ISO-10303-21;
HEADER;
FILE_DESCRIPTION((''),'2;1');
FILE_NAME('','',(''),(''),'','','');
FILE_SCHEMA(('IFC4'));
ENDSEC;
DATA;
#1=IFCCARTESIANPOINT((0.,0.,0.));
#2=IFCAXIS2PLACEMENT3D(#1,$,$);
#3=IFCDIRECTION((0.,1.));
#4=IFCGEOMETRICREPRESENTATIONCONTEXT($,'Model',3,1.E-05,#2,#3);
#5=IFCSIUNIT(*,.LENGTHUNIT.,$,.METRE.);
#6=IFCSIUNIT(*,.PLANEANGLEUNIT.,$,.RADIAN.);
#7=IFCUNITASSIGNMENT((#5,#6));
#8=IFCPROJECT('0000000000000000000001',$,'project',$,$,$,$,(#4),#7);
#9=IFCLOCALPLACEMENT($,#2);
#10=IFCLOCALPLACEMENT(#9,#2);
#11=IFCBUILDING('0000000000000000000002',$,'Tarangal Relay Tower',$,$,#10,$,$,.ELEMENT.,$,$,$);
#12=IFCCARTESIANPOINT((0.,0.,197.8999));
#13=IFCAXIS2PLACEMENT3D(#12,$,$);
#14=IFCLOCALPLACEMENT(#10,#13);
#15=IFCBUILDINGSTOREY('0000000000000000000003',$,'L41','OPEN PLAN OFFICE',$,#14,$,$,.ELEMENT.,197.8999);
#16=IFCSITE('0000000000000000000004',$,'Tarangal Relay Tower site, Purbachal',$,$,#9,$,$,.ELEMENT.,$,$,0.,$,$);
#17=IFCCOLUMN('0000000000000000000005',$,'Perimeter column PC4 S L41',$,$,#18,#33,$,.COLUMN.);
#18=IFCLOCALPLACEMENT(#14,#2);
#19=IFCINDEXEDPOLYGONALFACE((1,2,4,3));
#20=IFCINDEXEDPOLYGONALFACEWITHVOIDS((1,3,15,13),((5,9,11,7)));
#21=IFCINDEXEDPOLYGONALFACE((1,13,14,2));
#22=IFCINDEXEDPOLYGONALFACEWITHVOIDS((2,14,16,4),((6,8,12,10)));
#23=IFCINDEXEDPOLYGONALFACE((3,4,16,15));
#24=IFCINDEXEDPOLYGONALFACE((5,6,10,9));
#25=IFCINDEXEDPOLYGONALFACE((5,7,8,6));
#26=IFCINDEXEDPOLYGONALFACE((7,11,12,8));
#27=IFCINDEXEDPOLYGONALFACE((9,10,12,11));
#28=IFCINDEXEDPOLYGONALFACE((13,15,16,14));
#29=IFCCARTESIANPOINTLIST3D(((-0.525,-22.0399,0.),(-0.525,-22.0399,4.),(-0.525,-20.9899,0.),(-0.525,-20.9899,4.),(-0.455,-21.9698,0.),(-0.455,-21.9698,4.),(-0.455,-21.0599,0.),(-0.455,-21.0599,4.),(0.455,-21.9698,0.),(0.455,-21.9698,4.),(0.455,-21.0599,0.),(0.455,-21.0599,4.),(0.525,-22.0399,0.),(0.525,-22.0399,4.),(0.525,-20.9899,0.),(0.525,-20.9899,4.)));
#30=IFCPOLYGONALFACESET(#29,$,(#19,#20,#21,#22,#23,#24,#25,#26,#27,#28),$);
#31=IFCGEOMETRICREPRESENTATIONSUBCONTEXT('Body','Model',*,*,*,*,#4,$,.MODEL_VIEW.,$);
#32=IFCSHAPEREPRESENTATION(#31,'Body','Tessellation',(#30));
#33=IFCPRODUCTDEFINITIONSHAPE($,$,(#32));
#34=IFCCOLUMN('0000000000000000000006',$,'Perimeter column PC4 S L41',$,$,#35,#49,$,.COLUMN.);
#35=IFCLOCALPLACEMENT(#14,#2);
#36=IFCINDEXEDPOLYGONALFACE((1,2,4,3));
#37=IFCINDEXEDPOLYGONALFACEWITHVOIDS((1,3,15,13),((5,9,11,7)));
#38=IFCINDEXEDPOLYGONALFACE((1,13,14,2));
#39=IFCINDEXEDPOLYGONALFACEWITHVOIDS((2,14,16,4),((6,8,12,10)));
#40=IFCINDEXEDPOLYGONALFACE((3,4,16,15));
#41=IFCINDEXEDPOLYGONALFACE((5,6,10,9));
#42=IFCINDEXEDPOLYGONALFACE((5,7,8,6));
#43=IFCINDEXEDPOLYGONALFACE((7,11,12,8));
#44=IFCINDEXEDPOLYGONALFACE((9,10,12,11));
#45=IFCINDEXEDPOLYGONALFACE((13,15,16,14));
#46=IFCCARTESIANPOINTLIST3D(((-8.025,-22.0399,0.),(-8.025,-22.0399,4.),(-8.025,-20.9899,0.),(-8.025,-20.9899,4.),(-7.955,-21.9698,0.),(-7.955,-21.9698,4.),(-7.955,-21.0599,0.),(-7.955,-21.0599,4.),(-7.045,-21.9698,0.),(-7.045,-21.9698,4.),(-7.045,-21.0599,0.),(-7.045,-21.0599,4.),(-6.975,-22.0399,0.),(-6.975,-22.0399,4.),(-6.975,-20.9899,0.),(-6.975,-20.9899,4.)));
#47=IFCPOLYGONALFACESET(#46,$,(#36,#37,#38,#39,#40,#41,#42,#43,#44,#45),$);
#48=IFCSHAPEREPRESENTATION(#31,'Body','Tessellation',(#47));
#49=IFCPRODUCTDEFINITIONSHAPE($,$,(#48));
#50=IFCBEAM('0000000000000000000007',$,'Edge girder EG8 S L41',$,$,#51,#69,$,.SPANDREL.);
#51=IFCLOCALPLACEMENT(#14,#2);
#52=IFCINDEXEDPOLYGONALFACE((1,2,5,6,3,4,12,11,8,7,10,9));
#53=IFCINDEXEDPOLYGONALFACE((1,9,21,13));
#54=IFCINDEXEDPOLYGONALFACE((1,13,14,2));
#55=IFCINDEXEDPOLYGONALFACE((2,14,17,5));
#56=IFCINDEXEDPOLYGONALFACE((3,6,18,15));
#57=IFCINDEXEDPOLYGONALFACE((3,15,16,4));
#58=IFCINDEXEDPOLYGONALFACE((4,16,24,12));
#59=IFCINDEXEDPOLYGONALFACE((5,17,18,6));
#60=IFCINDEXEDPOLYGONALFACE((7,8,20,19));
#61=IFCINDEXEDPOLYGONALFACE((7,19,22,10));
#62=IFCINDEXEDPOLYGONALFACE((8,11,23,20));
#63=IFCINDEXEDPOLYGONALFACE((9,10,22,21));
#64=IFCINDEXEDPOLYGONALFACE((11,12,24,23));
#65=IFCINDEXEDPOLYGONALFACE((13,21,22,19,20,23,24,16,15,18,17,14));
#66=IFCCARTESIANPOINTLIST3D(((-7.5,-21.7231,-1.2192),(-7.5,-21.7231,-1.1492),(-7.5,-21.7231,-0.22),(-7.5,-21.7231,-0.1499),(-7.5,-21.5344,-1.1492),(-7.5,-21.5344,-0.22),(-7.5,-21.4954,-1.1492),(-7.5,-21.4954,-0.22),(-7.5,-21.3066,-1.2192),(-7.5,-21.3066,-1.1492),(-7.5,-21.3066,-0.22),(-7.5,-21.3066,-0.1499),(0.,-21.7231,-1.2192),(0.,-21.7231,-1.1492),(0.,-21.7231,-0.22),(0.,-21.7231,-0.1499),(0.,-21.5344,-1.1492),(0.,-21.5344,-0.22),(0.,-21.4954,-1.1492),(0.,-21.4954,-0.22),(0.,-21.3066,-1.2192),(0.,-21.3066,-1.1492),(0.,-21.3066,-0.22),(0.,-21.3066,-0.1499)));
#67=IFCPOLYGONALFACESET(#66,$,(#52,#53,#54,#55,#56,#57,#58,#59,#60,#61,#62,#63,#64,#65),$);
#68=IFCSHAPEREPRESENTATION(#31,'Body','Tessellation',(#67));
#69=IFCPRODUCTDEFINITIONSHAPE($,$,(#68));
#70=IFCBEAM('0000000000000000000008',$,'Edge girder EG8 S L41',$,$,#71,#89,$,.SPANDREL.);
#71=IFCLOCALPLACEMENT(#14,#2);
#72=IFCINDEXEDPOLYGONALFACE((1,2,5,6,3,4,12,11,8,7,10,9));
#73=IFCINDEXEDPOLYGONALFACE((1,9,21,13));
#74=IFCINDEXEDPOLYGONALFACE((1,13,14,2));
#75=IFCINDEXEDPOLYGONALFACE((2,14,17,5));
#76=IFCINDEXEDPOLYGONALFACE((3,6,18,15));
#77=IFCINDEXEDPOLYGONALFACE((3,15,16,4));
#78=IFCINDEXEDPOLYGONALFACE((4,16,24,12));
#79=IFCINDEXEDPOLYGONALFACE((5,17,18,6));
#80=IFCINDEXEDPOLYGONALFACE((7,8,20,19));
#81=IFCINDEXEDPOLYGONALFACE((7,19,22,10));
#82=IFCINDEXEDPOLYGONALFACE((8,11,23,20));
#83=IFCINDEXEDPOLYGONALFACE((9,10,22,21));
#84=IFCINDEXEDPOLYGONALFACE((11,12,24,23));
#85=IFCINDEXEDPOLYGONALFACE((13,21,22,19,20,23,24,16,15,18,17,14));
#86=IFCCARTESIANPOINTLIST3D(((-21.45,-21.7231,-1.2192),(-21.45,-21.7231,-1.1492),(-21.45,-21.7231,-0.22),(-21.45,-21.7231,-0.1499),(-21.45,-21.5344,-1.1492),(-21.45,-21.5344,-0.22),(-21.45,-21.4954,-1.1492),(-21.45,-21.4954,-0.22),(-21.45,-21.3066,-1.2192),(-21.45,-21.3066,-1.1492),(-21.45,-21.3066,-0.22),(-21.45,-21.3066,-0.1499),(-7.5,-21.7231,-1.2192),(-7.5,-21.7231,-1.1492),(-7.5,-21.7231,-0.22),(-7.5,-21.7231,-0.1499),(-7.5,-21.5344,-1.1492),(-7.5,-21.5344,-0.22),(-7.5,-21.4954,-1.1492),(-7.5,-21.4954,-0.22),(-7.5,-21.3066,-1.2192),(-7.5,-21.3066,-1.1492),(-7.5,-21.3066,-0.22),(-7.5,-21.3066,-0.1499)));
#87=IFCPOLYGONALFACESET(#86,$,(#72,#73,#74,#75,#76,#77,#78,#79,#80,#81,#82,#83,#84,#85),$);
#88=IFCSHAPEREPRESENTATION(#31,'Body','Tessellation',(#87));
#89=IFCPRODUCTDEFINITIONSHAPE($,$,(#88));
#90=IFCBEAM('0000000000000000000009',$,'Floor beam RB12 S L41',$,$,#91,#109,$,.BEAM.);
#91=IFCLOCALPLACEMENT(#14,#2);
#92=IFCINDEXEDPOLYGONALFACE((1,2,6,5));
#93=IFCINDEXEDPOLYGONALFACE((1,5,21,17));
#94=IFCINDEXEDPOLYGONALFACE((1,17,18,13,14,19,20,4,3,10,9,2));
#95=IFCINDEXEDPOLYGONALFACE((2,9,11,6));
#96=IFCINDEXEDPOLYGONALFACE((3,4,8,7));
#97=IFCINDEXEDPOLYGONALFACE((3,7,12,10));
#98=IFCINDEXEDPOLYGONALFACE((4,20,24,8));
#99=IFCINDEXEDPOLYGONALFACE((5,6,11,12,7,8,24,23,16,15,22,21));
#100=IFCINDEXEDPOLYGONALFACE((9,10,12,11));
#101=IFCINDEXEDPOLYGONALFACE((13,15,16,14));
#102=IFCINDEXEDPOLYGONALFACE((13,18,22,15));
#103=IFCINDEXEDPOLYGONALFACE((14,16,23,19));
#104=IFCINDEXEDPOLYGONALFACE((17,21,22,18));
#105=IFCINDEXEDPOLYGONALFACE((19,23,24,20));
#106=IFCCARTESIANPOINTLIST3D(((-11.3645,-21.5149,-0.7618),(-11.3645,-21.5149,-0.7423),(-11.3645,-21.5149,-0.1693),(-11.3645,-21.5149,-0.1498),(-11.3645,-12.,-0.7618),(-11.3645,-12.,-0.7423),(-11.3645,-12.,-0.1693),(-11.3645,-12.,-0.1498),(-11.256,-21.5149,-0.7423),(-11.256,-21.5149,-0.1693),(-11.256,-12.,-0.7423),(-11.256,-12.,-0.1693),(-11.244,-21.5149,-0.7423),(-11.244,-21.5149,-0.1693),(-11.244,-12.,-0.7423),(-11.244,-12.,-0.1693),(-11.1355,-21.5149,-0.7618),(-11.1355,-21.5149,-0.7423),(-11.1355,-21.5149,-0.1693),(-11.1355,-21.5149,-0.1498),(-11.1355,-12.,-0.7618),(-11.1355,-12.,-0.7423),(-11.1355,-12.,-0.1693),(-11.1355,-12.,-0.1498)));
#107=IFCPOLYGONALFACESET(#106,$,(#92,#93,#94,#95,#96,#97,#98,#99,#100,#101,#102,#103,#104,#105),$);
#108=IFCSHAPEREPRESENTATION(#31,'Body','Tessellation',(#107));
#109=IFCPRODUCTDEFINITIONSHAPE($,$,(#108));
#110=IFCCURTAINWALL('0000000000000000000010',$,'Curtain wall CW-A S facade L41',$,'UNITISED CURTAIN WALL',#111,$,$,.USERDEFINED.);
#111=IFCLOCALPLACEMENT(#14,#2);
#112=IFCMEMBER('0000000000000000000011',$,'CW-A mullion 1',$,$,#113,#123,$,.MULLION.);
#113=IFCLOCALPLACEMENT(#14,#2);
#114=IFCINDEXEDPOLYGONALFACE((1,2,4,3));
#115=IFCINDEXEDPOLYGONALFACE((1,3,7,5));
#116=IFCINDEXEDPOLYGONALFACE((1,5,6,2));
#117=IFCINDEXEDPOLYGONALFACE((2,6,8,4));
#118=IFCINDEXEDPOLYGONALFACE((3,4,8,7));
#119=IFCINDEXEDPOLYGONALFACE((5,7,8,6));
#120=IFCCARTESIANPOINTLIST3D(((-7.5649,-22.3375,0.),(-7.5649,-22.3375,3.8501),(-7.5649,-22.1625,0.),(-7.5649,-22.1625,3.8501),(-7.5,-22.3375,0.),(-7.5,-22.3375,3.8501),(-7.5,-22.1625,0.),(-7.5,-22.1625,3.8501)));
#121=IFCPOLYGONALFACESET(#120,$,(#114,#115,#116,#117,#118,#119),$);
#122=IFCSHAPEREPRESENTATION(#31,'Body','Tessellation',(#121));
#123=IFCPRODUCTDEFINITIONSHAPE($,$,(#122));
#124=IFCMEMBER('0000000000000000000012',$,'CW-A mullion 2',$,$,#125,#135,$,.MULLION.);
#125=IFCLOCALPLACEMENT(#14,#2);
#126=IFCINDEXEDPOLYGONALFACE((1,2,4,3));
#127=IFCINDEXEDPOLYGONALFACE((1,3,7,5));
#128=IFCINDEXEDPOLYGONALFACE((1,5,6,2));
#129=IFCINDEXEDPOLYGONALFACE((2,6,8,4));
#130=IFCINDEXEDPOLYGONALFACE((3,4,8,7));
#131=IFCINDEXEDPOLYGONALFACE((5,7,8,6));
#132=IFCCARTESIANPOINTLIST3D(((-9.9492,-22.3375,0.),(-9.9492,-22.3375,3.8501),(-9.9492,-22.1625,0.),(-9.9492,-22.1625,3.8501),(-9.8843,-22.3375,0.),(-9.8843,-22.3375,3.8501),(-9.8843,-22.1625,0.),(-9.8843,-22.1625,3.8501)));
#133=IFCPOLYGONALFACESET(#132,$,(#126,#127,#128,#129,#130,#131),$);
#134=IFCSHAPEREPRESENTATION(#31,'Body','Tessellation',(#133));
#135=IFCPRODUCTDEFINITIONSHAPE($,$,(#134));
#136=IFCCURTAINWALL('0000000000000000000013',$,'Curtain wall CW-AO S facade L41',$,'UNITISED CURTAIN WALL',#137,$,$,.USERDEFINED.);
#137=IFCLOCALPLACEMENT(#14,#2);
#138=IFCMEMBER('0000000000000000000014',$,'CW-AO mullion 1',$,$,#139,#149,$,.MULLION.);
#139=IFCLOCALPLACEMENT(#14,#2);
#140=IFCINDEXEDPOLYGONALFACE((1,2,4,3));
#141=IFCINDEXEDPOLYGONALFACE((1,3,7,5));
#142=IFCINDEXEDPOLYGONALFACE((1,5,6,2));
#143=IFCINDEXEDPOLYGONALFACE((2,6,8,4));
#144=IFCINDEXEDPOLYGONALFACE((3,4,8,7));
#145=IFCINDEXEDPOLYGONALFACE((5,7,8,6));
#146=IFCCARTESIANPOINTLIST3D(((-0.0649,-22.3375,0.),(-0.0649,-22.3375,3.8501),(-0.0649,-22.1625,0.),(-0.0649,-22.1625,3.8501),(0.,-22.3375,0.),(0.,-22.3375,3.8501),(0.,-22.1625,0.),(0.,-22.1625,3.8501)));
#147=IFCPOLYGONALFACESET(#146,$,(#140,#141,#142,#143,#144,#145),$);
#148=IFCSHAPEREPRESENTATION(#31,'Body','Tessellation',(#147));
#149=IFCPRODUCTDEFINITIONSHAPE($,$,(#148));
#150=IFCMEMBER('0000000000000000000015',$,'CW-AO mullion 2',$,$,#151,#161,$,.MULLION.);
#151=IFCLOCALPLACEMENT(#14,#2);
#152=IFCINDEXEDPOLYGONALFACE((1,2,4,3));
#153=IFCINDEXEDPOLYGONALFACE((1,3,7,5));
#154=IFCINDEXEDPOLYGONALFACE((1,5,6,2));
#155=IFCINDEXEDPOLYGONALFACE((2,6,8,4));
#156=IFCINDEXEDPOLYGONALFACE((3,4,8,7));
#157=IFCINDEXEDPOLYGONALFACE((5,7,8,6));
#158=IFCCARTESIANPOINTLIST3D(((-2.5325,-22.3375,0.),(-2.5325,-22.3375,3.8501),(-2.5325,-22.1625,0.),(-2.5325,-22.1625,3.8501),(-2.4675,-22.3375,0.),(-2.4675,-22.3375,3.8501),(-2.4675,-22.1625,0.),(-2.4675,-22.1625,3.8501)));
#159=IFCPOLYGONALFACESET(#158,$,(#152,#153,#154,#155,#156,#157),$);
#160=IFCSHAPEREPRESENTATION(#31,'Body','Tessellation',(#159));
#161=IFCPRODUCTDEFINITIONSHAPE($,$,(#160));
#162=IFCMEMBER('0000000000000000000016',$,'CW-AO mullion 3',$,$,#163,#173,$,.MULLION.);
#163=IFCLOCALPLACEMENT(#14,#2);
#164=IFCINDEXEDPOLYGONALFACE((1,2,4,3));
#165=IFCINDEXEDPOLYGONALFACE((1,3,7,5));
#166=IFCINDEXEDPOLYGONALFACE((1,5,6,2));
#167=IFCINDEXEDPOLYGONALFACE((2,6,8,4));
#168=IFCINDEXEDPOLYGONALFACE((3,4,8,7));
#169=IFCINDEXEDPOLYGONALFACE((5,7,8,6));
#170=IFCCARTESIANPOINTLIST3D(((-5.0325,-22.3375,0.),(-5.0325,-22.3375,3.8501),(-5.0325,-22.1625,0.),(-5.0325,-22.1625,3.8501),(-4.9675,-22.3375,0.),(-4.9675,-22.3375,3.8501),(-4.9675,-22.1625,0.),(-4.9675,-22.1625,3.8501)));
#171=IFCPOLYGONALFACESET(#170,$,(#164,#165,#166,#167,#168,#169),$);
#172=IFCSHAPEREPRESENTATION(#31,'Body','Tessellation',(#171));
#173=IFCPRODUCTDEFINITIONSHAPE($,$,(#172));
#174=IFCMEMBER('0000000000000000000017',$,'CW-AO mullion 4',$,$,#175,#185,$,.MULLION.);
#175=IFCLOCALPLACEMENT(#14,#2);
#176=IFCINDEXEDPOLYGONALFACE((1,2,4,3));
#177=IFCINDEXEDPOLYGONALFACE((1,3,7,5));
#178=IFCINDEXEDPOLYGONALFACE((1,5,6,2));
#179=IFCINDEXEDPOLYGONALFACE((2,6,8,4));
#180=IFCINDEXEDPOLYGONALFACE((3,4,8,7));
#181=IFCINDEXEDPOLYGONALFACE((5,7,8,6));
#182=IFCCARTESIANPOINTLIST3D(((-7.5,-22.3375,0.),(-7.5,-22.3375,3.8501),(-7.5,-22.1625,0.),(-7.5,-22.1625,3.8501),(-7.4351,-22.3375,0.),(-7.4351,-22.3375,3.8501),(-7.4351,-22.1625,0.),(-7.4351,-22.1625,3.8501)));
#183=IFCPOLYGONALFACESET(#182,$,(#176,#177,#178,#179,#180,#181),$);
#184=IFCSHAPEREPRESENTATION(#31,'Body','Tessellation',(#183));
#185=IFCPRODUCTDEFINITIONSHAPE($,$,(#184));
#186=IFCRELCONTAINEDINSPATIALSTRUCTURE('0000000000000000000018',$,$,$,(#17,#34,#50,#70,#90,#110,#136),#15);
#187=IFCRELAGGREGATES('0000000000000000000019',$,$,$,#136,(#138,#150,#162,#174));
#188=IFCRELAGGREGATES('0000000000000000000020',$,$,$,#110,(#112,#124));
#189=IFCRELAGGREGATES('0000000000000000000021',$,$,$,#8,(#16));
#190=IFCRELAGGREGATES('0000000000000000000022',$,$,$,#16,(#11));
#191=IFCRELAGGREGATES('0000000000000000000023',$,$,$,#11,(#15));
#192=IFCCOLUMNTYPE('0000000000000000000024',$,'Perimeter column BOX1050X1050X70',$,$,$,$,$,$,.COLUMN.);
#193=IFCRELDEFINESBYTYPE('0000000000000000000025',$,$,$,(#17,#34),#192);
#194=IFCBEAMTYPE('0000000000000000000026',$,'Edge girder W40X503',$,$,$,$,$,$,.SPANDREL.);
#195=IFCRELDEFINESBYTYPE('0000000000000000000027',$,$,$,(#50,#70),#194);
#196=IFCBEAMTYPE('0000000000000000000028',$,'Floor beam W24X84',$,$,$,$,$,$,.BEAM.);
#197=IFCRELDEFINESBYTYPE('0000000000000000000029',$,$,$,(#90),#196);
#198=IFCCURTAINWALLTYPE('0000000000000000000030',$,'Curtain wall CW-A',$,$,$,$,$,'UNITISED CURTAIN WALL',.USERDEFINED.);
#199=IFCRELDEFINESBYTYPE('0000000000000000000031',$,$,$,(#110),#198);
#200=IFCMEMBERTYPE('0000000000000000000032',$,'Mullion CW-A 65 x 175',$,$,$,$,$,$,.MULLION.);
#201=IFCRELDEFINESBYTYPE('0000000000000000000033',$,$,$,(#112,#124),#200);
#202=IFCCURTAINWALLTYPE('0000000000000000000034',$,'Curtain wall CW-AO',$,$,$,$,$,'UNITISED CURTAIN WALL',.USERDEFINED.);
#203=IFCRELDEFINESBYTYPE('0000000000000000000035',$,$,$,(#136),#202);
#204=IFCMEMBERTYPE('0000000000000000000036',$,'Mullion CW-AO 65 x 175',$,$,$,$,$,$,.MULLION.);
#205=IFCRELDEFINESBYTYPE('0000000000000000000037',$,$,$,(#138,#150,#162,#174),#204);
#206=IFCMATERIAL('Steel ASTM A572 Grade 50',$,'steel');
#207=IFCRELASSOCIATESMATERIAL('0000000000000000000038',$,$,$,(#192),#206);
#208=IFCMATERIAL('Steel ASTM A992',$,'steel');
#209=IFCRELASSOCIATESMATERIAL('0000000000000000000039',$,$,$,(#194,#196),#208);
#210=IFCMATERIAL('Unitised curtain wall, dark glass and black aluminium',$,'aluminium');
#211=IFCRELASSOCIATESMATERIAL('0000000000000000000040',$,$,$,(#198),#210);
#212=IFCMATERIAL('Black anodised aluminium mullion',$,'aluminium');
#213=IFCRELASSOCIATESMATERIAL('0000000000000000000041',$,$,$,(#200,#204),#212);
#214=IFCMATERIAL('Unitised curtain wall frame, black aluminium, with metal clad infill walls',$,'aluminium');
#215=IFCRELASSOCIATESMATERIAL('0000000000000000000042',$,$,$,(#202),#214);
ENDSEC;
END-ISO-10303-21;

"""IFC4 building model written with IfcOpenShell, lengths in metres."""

from ifc_helpers import new_model, si_unit, direction, frame, origin, origin_2d, place, context, subcontext, project, spatial, rectangle, hollow_rectangle, i_section, extrude, material, material_profile, profile_set, type_object, element, aggregate, save


model = new_model("IFC4")

# Units and contexts
model_context = context("Model", 3, precision=1e-05, world=origin(), true_north=direction((0.0, 1.0)))
body_context = subcontext(model_context, "Body", "Model", "MODEL_VIEW")
ifc_project = project(units=[si_unit("LENGTHUNIT", "METRE"), si_unit("PLANEANGLEUNIT", "RADIAN")], contexts=[model_context])

# Site, building, storey
site_placement = place(None, origin())
site = spatial("IfcSite", under=ifc_project, at=site_placement, Name="Tarangal Relay Tower site, Purbachal", CompositionType="ELEMENT", RefElevation=0.0)
building_placement = place(site_placement, origin())
building = spatial("IfcBuilding", under=site, at=building_placement, Name="Tarangal Relay Tower", CompositionType="ELEMENT")
storey_placement = place(building_placement, frame((0.0, 0.0, 197.8999)))
storey = spatial("IfcBuildingStorey", under=building, at=storey_placement, Name="L41", Description="OPEN PLAN OFFICE", CompositionType="ELEMENT", Elevation=197.8999)

# Columns
ifc_material_1 = material(Name="Steel ASTM A572 Grade 50", Category="steel")
ifc_material_profile_1 = material_profile(ifc_material_1, hollow_rectangle(XDim=1.05, YDim=1.05, WallThickness=0.0701, at=origin_2d()), Name="BOX1050X1050X70")
ifc_profile_set_1 = profile_set([ifc_material_profile_1], Name="Steel ASTM A572 Grade 50")
column_type = type_object("IfcColumnType", Name="Perimeter column BOX1050X1050X70", PredefinedType="COLUMN", material=ifc_profile_set_1)
for number, where, z_axis, x_axis, name in (
    (1, (0.0, -21.5149, 0.0), (0.0, 0.0, 1.0), (1.0, 0.0, 0.0), "Perimeter column PC4 S L41"),
    (2, (-7.5, -21.5149, 0.0), (0.0, 0.0, 1.0), (1.0, 0.0, 0.0), "Perimeter column PC4 S L41"),
):
    element("IfcColumn", number, at=place(storey_placement, frame(where, z_axis=z_axis, x_axis=x_axis)), inside=storey, type_object=column_type, Name=name, PredefinedType="COLUMN", context=body_context, shape_type="SweptSolid", body=[
        extrude(hollow_rectangle(XDim=1.05, YDim=1.05, WallThickness=0.0701, at=origin_2d()), origin(), (0.0, 0.0, 1.0), 4.0),
    ])

# Beams
ifc_material_2 = material(Name="Steel ASTM A992", Category="steel")
ifc_material_profile_2 = material_profile(ifc_material_2, i_section(OverallWidth=0.4165, OverallDepth=1.0693, WebThickness=0.0391, FlangeThickness=0.0701, at=origin_2d()), Name="W40X503")
ifc_profile_set_2 = profile_set([ifc_material_profile_2], Name="Steel ASTM A992")
beam_type_1 = type_object("IfcBeamType", Name="Edge girder W40X503", PredefinedType="SPANDREL", material=ifc_profile_set_2)
beam_1_placement = place(storey_placement, frame((0.0, -21.5149, -0.6846), z_axis=(-1.0, 0.0, 0.0), x_axis=(0.0, -1.0, 0.0)))
element("IfcBeam", 3, at=beam_1_placement, inside=storey, type_object=beam_type_1, Name="Edge girder EG8 S L41", PredefinedType="SPANDREL", context=body_context, shape_type="SweptSolid", body=[
    extrude(i_section(OverallWidth=0.4165, OverallDepth=1.0693, WebThickness=0.0391, FlangeThickness=0.0701, at=origin_2d()), origin(), (0.0, 0.0, 1.0), 7.5),
])
beam_2_placement = place(storey_placement, frame((-7.5, -21.5149, -0.6846), z_axis=(-1.0, 0.0, 0.0), x_axis=(0.0, -1.0, 0.0)))
element("IfcBeam", 4, at=beam_2_placement, inside=storey, type_object=beam_type_1, Name="Edge girder EG8 S L41", PredefinedType="SPANDREL", context=body_context, shape_type="SweptSolid", body=[
    extrude(i_section(OverallWidth=0.4165, OverallDepth=1.0693, WebThickness=0.0391, FlangeThickness=0.0701, at=origin_2d()), origin(), (0.0, 0.0, 1.0), 13.95),
])
ifc_material_profile_3 = material_profile(ifc_material_2, i_section(OverallWidth=0.229, OverallDepth=0.6121, WebThickness=0.012, FlangeThickness=0.0195, at=origin_2d()), Name="W24X84")
ifc_profile_set_3 = profile_set([ifc_material_profile_3], Name="Steel ASTM A992")
beam_type_2 = type_object("IfcBeamType", Name="Floor beam W24X84", PredefinedType="BEAM", material=ifc_profile_set_3)
beam_3_placement = place(storey_placement, frame((-11.25, -12.0, -0.4558), z_axis=(0.0, -1.0, 0.0), x_axis=(1.0, 0.0, 0.0)))
element("IfcBeam", 5, at=beam_3_placement, inside=storey, type_object=beam_type_2, Name="Floor beam RB12 S L41", PredefinedType="BEAM", context=body_context, shape_type="SweptSolid", body=[
    extrude(i_section(OverallWidth=0.229, OverallDepth=0.6121, WebThickness=0.012, FlangeThickness=0.0195, at=origin_2d()), origin(), (0.0, 0.0, 1.0), 9.5149),
])

# Curtain walls, members
ifc_material_3 = material(Name="Unitised curtain wall, dark glass and black aluminium", Category="aluminium")
curtain_wall_type_1 = type_object("IfcCurtainWallType", Name="Curtain wall CW-A", ElementType="UNITISED CURTAIN WALL", PredefinedType="USERDEFINED", material=ifc_material_3)
curtain_wall_1_placement = place(storey_placement, origin())
curtain_wall_1 = element("IfcCurtainWall", 6, at=curtain_wall_1_placement, inside=storey, type_object=curtain_wall_type_1, Name="Curtain wall CW-A S facade L41", ObjectType="UNITISED CURTAIN WALL", PredefinedType="USERDEFINED")
ifc_material_4 = material(Name="Black anodised aluminium mullion", Category="aluminium")
ifc_material_profile_4 = material_profile(ifc_material_4, rectangle(XDim=0.175, YDim=0.0649, at=origin_2d()), Name="CW-AM 65X175")
ifc_profile_set_4 = profile_set([ifc_material_profile_4], Name="Black anodised aluminium mullion")
member_type_1 = type_object("IfcMemberType", Name="Mullion CW-A 65 x 175", PredefinedType="MULLION", material=ifc_profile_set_4)
member_1_placement = place(storey_placement, frame((-7.5325, -22.25, 0.0), z_axis=(0.0, 0.0, 1.0), x_axis=(0.0, -1.0, 0.0)))
member_1 = element("IfcMember", 7, at=member_1_placement, type_object=member_type_1, Name="CW-A mullion 1", PredefinedType="MULLION", context=body_context, shape_type="SweptSolid", body=[
    extrude(rectangle(XDim=0.175, YDim=0.0649, at=origin_2d()), origin(), (0.0, 0.0, 1.0), 3.8501),
])
member_2_placement = place(storey_placement, frame((-9.9167, -22.25, 0.0), z_axis=(0.0, 0.0, 1.0), x_axis=(0.0, -1.0, 0.0)))
member_2 = element("IfcMember", 8, at=member_2_placement, type_object=member_type_1, Name="CW-A mullion 2", PredefinedType="MULLION", context=body_context, shape_type="SweptSolid", body=[
    extrude(rectangle(XDim=0.175, YDim=0.0649, at=origin_2d()), origin(), (0.0, 0.0, 1.0), 3.8501),
])
ifc_material_5 = material(Name="Unitised curtain wall frame, black aluminium, with metal clad infill walls", Category="aluminium")
curtain_wall_type_2 = type_object("IfcCurtainWallType", Name="Curtain wall CW-AO", ElementType="UNITISED CURTAIN WALL", PredefinedType="USERDEFINED", material=ifc_material_5)
curtain_wall_2_placement = place(storey_placement, origin())
curtain_wall_2 = element("IfcCurtainWall", 9, at=curtain_wall_2_placement, inside=storey, type_object=curtain_wall_type_2, Name="Curtain wall CW-AO S facade L41", ObjectType="UNITISED CURTAIN WALL", PredefinedType="USERDEFINED")
ifc_material_profile_5 = material_profile(ifc_material_4, rectangle(XDim=0.175, YDim=0.0649, at=origin_2d()), Name="CW-AOM 65X175")
ifc_profile_set_5 = profile_set([ifc_material_profile_5], Name="Black anodised aluminium mullion")
member_type_2 = type_object("IfcMemberType", Name="Mullion CW-AO 65 x 175", PredefinedType="MULLION", material=ifc_profile_set_5)
member_3_placement = place(storey_placement, frame((-0.0325, -22.25, 0.0), z_axis=(0.0, 0.0, 1.0), x_axis=(0.0, -1.0, 0.0)))
member_3 = element("IfcMember", 10, at=member_3_placement, type_object=member_type_2, Name="CW-AO mullion 1", PredefinedType="MULLION", context=body_context, shape_type="SweptSolid", body=[
    extrude(rectangle(XDim=0.175, YDim=0.0649, at=origin_2d()), origin(), (0.0, 0.0, 1.0), 3.8501),
])
member_4_placement = place(storey_placement, frame((-2.5, -22.25, 0.0), z_axis=(0.0, 0.0, 1.0), x_axis=(0.0, -1.0, 0.0)))
member_4 = element("IfcMember", 11, at=member_4_placement, type_object=member_type_2, Name="CW-AO mullion 2", PredefinedType="MULLION", context=body_context, shape_type="SweptSolid", body=[
    extrude(rectangle(XDim=0.175, YDim=0.0649, at=origin_2d()), origin(), (0.0, 0.0, 1.0), 3.8501),
])
member_5_placement = place(storey_placement, frame((-5.0, -22.25, 0.0), z_axis=(0.0, 0.0, 1.0), x_axis=(0.0, -1.0, 0.0)))
member_5 = element("IfcMember", 12, at=member_5_placement, type_object=member_type_2, Name="CW-AO mullion 3", PredefinedType="MULLION", context=body_context, shape_type="SweptSolid", body=[
    extrude(rectangle(XDim=0.175, YDim=0.0649, at=origin_2d()), origin(), (0.0, 0.0, 1.0), 3.8501),
])
member_6_placement = place(storey_placement, frame((-7.4675, -22.25, 0.0), z_axis=(0.0, 0.0, 1.0), x_axis=(0.0, -1.0, 0.0)))
member_6 = element("IfcMember", 13, at=member_6_placement, type_object=member_type_2, Name="CW-AO mullion 4", PredefinedType="MULLION", context=body_context, shape_type="SweptSolid", body=[
    extrude(rectangle(XDim=0.175, YDim=0.0649, at=origin_2d()), origin(), (0.0, 0.0, 1.0), 3.8501),
])

aggregate(curtain_wall_2, [member_3, member_4, member_5, member_6])

aggregate(curtain_wall_1, [member_1, member_2])

save(model, "model.ifc")
